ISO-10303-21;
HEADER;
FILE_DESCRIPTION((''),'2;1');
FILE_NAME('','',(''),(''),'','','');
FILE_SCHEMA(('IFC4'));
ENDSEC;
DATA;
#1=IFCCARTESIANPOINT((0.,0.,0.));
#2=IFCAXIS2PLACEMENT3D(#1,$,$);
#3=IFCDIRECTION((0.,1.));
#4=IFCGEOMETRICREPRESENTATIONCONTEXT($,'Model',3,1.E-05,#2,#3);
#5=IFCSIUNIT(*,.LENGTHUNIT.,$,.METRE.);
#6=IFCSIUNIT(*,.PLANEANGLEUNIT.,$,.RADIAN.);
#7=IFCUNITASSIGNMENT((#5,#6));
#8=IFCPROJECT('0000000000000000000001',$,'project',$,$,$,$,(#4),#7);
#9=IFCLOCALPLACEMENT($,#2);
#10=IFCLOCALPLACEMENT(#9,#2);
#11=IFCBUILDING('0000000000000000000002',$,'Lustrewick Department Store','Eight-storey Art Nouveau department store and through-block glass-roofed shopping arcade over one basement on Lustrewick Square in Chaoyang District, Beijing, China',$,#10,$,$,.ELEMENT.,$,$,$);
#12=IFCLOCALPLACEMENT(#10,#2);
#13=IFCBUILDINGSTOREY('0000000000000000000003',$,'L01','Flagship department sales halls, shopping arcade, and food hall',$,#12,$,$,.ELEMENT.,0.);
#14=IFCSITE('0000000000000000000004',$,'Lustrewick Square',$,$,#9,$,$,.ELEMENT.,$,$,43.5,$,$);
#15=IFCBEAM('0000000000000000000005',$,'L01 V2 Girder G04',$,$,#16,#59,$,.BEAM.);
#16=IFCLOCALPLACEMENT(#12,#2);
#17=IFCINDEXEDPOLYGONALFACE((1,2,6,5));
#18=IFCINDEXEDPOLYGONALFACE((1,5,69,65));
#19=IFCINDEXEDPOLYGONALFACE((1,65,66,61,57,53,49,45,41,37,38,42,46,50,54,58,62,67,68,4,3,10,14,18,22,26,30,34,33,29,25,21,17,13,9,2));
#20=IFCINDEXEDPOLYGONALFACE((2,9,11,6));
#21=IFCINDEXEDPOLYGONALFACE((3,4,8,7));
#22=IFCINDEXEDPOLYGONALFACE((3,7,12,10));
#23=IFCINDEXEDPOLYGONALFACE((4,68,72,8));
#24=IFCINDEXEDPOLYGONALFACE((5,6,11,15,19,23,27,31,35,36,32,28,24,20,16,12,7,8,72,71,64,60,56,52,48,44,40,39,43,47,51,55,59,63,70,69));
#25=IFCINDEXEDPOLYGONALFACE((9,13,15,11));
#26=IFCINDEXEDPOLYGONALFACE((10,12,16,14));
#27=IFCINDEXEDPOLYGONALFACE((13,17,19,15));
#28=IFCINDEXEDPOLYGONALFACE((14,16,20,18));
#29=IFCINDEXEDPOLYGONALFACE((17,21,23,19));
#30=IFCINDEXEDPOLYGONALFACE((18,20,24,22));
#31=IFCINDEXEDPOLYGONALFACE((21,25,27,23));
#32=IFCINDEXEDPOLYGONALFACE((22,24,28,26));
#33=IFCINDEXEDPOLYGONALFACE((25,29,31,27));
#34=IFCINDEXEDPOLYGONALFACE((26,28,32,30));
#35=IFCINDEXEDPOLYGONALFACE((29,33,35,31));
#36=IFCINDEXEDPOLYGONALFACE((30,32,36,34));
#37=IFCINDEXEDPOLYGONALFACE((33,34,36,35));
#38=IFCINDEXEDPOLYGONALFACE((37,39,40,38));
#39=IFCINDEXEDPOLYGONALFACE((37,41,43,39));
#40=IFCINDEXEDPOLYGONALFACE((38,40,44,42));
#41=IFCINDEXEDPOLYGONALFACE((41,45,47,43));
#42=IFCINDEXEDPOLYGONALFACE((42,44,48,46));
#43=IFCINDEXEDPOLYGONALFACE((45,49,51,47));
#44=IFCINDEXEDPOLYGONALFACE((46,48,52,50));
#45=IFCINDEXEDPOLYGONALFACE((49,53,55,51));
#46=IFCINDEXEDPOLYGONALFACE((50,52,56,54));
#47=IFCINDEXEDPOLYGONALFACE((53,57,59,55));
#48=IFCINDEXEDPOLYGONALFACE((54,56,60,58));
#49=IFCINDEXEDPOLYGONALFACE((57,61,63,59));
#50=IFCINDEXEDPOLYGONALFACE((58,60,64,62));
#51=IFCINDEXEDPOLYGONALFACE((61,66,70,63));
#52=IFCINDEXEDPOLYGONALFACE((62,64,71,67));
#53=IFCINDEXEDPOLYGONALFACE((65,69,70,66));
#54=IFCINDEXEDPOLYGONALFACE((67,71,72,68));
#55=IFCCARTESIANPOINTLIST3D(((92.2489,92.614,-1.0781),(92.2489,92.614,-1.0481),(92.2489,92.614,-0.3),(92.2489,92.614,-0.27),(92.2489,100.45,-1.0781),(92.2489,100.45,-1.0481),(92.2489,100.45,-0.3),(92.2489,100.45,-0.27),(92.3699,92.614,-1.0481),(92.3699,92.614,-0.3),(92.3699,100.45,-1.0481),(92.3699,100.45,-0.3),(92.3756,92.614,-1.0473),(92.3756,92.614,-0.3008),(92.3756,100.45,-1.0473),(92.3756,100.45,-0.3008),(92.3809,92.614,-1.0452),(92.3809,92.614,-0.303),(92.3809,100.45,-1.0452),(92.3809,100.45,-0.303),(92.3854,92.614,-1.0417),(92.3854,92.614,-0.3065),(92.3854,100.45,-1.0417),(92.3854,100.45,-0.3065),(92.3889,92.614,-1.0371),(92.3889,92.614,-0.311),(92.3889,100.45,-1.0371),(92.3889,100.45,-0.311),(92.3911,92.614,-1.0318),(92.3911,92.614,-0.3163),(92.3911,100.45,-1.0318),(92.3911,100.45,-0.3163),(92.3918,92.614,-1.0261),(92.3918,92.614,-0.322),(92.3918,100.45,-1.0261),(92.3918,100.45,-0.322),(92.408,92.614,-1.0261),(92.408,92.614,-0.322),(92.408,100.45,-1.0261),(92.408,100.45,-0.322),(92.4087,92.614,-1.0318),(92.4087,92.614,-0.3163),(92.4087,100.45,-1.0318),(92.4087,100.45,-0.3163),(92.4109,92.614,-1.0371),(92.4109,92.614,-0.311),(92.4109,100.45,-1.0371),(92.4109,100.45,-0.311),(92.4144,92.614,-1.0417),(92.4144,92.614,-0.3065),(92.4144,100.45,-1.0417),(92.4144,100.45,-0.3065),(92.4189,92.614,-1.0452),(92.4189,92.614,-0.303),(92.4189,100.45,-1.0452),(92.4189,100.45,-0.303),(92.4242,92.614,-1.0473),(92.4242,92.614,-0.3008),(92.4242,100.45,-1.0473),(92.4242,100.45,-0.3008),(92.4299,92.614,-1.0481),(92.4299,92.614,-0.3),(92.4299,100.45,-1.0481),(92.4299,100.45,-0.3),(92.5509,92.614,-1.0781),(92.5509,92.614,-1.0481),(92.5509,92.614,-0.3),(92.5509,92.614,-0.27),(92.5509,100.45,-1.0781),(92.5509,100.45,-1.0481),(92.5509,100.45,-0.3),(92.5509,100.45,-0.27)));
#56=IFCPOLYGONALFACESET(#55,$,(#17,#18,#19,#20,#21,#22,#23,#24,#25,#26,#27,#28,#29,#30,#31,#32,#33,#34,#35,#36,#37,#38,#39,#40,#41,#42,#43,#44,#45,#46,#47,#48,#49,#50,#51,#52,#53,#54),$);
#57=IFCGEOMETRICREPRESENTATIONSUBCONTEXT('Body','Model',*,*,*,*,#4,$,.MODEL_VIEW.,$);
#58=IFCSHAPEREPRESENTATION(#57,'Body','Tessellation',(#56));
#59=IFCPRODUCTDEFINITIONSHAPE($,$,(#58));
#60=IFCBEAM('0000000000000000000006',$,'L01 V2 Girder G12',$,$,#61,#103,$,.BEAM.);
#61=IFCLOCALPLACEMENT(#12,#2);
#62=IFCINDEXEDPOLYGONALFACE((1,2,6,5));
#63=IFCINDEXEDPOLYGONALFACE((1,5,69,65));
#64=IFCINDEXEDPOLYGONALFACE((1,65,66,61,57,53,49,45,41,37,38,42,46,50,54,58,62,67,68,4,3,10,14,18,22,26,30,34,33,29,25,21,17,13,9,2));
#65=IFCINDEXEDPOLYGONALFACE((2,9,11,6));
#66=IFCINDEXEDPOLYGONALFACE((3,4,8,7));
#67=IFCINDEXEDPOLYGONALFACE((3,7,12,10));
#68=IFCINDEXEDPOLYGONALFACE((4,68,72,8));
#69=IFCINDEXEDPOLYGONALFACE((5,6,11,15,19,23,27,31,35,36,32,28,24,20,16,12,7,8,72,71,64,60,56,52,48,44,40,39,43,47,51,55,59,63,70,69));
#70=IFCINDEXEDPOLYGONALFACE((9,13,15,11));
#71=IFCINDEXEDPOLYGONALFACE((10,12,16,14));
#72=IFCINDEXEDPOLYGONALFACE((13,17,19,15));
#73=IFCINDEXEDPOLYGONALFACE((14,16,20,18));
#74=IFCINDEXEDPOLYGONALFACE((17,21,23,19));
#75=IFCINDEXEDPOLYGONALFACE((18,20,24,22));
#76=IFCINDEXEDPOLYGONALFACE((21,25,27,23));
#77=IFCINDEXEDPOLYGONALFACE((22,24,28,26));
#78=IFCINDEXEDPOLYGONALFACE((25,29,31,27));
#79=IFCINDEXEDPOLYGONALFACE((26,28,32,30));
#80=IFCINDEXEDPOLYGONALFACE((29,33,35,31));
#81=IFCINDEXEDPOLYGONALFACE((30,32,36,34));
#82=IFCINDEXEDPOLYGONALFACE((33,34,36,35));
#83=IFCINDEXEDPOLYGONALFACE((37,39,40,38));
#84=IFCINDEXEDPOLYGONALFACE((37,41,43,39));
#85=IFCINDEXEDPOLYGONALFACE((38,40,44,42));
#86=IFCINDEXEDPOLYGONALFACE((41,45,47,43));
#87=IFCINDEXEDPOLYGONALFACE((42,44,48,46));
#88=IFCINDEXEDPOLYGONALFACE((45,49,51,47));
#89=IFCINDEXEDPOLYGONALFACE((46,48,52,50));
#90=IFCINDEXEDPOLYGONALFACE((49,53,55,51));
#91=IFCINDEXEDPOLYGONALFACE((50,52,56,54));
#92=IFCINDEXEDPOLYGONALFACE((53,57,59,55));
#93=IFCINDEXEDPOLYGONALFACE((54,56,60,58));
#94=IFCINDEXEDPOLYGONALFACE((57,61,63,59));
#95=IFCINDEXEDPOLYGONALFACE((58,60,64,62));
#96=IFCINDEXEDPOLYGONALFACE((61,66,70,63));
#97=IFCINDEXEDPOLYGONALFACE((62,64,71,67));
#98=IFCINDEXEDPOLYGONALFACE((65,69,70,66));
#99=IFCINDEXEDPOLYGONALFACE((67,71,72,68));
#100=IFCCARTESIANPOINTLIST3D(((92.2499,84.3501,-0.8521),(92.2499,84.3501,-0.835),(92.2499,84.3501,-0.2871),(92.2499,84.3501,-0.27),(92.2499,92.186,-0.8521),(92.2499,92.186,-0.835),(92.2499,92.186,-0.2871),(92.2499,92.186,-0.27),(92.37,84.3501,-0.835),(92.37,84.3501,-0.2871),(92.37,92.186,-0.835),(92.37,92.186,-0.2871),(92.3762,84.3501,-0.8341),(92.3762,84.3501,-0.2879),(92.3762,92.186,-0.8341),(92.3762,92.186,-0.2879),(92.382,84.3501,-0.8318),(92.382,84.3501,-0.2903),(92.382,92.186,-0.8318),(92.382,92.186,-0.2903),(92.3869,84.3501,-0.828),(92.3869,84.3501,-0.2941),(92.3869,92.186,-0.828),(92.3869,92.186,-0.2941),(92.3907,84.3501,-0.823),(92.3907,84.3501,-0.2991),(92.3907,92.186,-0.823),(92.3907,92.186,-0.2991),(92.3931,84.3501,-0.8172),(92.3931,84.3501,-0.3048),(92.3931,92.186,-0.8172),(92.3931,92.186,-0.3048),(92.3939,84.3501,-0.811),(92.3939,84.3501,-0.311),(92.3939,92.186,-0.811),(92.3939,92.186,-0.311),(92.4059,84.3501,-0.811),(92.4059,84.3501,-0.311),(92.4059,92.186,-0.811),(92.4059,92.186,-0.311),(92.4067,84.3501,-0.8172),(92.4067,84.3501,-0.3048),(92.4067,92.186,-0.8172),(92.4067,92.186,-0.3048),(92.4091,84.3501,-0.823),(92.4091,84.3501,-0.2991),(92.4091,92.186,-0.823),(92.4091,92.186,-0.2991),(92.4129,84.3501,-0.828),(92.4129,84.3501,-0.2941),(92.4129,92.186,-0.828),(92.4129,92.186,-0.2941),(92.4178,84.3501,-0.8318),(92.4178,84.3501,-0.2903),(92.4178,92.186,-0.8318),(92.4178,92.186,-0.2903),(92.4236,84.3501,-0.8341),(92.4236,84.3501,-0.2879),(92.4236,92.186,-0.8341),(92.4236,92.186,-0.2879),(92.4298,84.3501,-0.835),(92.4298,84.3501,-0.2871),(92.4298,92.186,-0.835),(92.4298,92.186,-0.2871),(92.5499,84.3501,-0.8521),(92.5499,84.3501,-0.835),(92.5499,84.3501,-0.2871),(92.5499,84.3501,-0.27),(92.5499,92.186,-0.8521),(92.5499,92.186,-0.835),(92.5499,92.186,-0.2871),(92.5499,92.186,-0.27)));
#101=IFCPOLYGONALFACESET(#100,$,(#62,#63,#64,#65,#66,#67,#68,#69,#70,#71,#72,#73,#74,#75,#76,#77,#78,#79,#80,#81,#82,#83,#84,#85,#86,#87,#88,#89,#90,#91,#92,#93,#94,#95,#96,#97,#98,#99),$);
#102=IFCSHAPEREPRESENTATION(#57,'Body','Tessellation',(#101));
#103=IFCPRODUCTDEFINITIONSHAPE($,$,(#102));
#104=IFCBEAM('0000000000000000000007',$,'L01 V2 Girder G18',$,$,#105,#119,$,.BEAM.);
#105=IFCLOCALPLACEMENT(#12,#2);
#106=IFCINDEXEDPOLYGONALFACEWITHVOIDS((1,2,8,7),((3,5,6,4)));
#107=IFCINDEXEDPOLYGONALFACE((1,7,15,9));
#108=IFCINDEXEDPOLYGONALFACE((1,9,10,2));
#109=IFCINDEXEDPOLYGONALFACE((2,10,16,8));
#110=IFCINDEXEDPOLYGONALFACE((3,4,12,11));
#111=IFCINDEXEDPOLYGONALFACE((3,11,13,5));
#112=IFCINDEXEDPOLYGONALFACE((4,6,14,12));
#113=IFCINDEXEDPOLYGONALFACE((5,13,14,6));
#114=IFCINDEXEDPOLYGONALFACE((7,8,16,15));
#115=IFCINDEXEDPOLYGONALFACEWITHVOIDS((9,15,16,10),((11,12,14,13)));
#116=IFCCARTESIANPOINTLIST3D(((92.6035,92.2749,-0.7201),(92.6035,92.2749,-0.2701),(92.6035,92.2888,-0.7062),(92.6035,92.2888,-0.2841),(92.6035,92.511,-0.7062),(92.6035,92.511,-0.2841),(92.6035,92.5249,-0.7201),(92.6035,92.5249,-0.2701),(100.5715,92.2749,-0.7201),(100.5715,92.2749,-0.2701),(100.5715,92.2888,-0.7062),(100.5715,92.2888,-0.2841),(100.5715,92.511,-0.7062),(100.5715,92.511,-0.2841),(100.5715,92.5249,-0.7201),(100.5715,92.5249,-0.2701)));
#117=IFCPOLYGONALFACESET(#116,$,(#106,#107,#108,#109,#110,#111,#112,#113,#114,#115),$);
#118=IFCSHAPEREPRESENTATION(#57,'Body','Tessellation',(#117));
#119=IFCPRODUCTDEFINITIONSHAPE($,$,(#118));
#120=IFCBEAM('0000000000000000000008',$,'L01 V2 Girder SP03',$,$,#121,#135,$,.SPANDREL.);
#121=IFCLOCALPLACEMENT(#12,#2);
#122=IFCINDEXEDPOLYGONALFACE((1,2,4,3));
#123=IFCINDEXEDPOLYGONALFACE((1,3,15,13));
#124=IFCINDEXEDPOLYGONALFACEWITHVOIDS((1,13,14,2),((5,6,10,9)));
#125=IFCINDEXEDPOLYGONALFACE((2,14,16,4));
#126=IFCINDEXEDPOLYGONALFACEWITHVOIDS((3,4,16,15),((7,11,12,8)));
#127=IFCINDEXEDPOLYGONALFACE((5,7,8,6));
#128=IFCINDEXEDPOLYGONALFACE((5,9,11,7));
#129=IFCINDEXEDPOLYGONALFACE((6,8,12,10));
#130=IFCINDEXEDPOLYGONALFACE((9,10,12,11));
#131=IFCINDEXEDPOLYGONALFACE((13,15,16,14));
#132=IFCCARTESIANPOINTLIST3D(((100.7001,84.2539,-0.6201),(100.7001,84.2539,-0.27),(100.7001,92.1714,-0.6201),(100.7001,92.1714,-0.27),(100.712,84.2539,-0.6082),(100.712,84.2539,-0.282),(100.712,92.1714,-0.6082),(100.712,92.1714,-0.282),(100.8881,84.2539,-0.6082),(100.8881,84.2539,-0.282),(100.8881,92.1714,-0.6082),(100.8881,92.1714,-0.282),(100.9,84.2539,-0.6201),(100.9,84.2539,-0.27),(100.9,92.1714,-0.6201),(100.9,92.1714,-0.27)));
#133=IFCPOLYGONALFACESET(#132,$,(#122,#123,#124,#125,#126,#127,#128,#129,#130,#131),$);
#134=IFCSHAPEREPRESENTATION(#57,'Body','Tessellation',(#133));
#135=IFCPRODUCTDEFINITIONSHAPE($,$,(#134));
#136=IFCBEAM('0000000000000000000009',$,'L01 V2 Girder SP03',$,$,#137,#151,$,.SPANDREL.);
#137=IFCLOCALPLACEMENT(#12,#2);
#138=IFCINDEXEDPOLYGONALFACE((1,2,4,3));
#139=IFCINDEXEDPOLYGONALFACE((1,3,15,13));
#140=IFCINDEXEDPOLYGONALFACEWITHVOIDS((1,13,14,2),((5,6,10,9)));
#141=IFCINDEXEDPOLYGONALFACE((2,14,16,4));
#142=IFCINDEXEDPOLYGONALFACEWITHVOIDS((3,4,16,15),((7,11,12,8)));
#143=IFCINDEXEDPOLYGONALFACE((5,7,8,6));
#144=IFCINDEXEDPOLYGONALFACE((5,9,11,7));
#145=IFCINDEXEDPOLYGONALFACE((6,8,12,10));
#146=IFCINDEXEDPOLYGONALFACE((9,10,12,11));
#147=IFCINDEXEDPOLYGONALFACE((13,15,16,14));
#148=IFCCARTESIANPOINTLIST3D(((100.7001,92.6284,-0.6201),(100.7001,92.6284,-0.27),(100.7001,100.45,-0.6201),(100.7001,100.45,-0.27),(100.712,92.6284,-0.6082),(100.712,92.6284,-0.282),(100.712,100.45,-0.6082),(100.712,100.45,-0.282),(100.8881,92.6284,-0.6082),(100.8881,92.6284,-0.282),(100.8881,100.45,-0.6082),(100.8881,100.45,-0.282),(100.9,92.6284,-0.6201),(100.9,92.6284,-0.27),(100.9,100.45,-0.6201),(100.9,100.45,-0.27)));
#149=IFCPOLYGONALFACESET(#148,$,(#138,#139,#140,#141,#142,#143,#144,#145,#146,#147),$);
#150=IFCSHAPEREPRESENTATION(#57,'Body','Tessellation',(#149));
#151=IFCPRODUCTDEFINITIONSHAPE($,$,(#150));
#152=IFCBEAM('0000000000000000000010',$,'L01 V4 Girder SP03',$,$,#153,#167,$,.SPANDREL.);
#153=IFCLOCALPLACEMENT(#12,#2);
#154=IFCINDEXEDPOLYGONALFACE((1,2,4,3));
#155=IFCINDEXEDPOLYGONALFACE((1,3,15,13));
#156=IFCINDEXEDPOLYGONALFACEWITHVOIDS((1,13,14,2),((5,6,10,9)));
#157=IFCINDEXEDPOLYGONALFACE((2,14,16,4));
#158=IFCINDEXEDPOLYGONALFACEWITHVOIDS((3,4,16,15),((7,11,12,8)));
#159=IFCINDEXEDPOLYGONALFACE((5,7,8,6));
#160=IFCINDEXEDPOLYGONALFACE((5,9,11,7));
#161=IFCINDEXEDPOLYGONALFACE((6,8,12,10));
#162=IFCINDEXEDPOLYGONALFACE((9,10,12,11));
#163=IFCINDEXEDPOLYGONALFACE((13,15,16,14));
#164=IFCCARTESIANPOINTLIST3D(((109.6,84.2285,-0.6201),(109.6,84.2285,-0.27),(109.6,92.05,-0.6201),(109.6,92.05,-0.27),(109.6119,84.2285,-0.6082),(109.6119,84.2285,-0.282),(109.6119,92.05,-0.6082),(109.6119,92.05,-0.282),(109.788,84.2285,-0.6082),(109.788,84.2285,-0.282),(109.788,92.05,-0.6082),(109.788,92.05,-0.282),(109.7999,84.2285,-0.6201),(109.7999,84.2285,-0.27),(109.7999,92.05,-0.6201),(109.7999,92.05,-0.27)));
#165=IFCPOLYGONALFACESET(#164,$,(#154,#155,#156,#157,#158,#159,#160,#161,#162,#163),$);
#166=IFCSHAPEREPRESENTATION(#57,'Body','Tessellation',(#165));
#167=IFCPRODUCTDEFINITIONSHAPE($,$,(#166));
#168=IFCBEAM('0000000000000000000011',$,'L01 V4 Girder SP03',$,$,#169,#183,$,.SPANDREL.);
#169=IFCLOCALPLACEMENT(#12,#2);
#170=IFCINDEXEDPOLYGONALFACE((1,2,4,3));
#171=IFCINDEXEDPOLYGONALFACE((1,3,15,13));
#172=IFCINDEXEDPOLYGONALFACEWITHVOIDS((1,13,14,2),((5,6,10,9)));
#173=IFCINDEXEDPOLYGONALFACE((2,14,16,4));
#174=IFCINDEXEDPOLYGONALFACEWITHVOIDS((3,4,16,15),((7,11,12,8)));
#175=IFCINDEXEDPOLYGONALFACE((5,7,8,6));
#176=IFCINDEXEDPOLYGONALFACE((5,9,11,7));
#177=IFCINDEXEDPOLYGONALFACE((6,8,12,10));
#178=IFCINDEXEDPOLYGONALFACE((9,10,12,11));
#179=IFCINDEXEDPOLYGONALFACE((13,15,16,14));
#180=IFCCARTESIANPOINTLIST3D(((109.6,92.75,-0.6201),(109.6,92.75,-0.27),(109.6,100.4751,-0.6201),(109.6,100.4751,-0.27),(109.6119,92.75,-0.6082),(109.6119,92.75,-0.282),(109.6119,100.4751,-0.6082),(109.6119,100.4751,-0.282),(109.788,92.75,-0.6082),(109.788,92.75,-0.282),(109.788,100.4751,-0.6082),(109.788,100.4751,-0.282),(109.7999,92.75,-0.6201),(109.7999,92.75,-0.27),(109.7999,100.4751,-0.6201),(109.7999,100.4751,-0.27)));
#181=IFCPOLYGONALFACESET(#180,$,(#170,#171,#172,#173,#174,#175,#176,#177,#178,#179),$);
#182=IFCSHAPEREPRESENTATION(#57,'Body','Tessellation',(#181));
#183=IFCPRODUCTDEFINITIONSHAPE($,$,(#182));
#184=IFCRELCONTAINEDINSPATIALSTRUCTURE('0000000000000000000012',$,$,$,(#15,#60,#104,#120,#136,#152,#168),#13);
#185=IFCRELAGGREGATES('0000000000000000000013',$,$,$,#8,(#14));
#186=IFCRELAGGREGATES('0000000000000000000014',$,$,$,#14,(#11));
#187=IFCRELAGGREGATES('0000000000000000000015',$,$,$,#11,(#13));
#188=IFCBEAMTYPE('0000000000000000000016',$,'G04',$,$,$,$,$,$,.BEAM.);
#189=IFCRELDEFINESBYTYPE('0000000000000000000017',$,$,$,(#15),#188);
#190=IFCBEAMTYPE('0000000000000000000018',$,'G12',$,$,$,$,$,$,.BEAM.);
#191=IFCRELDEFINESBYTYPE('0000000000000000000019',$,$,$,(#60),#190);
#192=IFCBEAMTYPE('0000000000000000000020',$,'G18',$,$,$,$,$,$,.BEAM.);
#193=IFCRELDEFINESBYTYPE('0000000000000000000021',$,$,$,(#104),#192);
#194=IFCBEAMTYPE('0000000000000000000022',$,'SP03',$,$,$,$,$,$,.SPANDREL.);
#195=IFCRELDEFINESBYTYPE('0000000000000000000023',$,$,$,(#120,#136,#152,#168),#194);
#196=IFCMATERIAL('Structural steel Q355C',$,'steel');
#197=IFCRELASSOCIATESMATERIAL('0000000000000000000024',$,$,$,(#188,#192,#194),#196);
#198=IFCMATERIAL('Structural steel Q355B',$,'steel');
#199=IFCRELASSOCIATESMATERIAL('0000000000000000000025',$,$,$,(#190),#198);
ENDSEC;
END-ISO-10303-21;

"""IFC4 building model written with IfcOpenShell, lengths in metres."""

from ifc_helpers import new_model, si_unit, direction, frame, origin, origin_2d, place, context, subcontext, project, spatial, hollow_rectangle, i_section, extrude, material, material_profile, profile_set, type_object, element, save


model = new_model("IFC4")

# Units and contexts
model_context = context("Model", 3, precision=1e-05, world=origin(), true_north=direction((0.0, 1.0)))
body_context = subcontext(model_context, "Body", "Model", "MODEL_VIEW")
ifc_project = project(units=[si_unit("LENGTHUNIT", "METRE"), si_unit("PLANEANGLEUNIT", "RADIAN")], contexts=[model_context])

# Site, building, storey
site_placement = place(None, origin())
site = spatial("IfcSite", under=ifc_project, at=site_placement, Name="Lustrewick Square", CompositionType="ELEMENT", RefElevation=43.5)
building_placement = place(site_placement, origin())
building = spatial("IfcBuilding", under=site, at=building_placement, Name="Lustrewick Department Store", Description="Eight-storey Art Nouveau department store and through-block glass-roofed shopping arcade over one basement on Lustrewick Square in Chaoyang District, Beijing, China", CompositionType="ELEMENT")
storey_placement = place(building_placement, origin())
storey = spatial("IfcBuildingStorey", under=building, at=storey_placement, Name="L01", Description="Flagship department sales halls, shopping arcade, and food hall", CompositionType="ELEMENT", Elevation=0.0)

# Shared definitions
ifc_material_1 = material(Name="Structural steel Q355C", Category="steel")

# Beams
ifc_material_2 = material(Name="Structural steel Q355B", Category="steel")
ifc_material_profile_1 = material_profile(ifc_material_1, i_section(OverallWidth=0.302, OverallDepth=0.8081, WebThickness=0.0161, FlangeThickness=0.03, FilletRadius=0.022, at=origin_2d()), Name="HN 808x302x16x30")
ifc_profile_set_1 = profile_set([ifc_material_profile_1], Name="Structural steel Q355C")
beam_type_1 = type_object("IfcBeamType", Name="G04", PredefinedType="BEAM", material=ifc_profile_set_1)
beam_1_placement = place(storey_placement, frame((92.3999, 92.614, -0.6741), z_axis=(0.0, 1.0, 0.0), x_axis=(-1.0, 0.0, 0.0)))
element("IfcBeam", 1, at=beam_1_placement, inside=storey, type_object=beam_type_1, Name="L01 V2 Girder G04", PredefinedType="BEAM", context=body_context, shape_type="SweptSolid", body=[
    extrude(i_section(OverallWidth=0.302, OverallDepth=0.8081, WebThickness=0.0161, FlangeThickness=0.03, FilletRadius=0.022, at=origin_2d()), origin(), (0.0, 0.0, 1.0), 7.8359),
])
ifc_material_profile_2 = material_profile(ifc_material_2, i_section(OverallWidth=0.3, OverallDepth=0.582, WebThickness=0.012, FlangeThickness=0.0171, FilletRadius=0.0239, at=origin_2d()), Name="HM 582x300x12x17")
ifc_profile_set_2 = profile_set([ifc_material_profile_2], Name="Structural steel Q355B")
beam_type_2 = type_object("IfcBeamType", Name="G12", PredefinedType="BEAM", material=ifc_profile_set_2)
beam_2_placement = place(storey_placement, frame((92.3999, 84.3501, -0.561), z_axis=(0.0, 1.0, 0.0), x_axis=(-1.0, 0.0, 0.0)))
element("IfcBeam", 2, at=beam_2_placement, inside=storey, type_object=beam_type_2, Name="L01 V2 Girder G12", PredefinedType="BEAM", context=body_context, shape_type="SweptSolid", body=[
    extrude(i_section(OverallWidth=0.3, OverallDepth=0.582, WebThickness=0.012, FlangeThickness=0.0171, FilletRadius=0.0239, at=origin_2d()), origin(), (0.0, 0.0, 1.0), 7.8359),
])
ifc_material_profile_3 = material_profile(ifc_material_1, hollow_rectangle(XDim=0.25, YDim=0.45, WallThickness=0.0139, at=origin_2d()), Name="RHS 450x250x14")
ifc_profile_set_3 = profile_set([ifc_material_profile_3], Name="Structural steel Q355C")
beam_type_3 = type_object("IfcBeamType", Name="G18", PredefinedType="BEAM", material=ifc_profile_set_3)
beam_3_placement = place(storey_placement, frame((92.6035, 92.3999, -0.4951), z_axis=(1.0, 0.0, 0.0), x_axis=(0.0, 1.0, 0.0)))
element("IfcBeam", 3, at=beam_3_placement, inside=storey, type_object=beam_type_3, Name="L01 V2 Girder G18", PredefinedType="BEAM", context=body_context, shape_type="SweptSolid", body=[
    extrude(hollow_rectangle(XDim=0.25, YDim=0.45, WallThickness=0.0139, at=origin_2d()), origin(), (0.0, 0.0, 1.0), 7.968),
])
ifc_material_profile_4 = material_profile(ifc_material_1, hollow_rectangle(XDim=0.2, YDim=0.3501, WallThickness=0.012, at=origin_2d()), Name="RHS 350x200x12")
ifc_profile_set_4 = profile_set([ifc_material_profile_4], Name="Structural steel Q355C")
beam_type_4 = type_object("IfcBeamType", Name="SP03", PredefinedType="SPANDREL", material=ifc_profile_set_4)
beam_4_placement = place(storey_placement, frame((100.8, 84.2539, -0.4451), z_axis=(0.0, 1.0, 0.0), x_axis=(-1.0, 0.0, 0.0)))
element("IfcBeam", 4, at=beam_4_placement, inside=storey, type_object=beam_type_4, Name="L01 V2 Girder SP03", PredefinedType="SPANDREL", context=body_context, shape_type="SweptSolid", body=[
    extrude(hollow_rectangle(XDim=0.2, YDim=0.3501, WallThickness=0.012, at=origin_2d()), origin(), (0.0, 0.0, 1.0), 7.9175),
])
for number, where, z_axis, x_axis, name in (
    (5, (100.8, 92.6284, -0.4451), (0.0, 1.0, 0.0), (-1.0, 0.0, 0.0), "L01 V2 Girder SP03"),
    (6, (109.7, 84.2285, -0.4451), (0.0, 1.0, 0.0), (-1.0, 0.0, 0.0), "L01 V4 Girder SP03"),
):
    element("IfcBeam", number, at=place(storey_placement, frame(where, z_axis=z_axis, x_axis=x_axis)), inside=storey, type_object=beam_type_4, Name=name, PredefinedType="SPANDREL", context=body_context, shape_type="SweptSolid", body=[
        extrude(hollow_rectangle(XDim=0.2, YDim=0.3501, WallThickness=0.012, at=origin_2d()), origin(), (0.0, 0.0, 1.0), 7.8215),
    ])
beam_5_placement = place(storey_placement, frame((109.7, 92.75, -0.4451), z_axis=(0.0, 1.0, 0.0), x_axis=(-1.0, 0.0, 0.0)))
element("IfcBeam", 7, at=beam_5_placement, inside=storey, type_object=beam_type_4, Name="L01 V4 Girder SP03", PredefinedType="SPANDREL", context=body_context, shape_type="SweptSolid", body=[
    extrude(hollow_rectangle(XDim=0.2, YDim=0.3501, WallThickness=0.012, at=origin_2d()), origin(), (0.0, 0.0, 1.0), 7.7251),
])

save(model, "model.ifc")
